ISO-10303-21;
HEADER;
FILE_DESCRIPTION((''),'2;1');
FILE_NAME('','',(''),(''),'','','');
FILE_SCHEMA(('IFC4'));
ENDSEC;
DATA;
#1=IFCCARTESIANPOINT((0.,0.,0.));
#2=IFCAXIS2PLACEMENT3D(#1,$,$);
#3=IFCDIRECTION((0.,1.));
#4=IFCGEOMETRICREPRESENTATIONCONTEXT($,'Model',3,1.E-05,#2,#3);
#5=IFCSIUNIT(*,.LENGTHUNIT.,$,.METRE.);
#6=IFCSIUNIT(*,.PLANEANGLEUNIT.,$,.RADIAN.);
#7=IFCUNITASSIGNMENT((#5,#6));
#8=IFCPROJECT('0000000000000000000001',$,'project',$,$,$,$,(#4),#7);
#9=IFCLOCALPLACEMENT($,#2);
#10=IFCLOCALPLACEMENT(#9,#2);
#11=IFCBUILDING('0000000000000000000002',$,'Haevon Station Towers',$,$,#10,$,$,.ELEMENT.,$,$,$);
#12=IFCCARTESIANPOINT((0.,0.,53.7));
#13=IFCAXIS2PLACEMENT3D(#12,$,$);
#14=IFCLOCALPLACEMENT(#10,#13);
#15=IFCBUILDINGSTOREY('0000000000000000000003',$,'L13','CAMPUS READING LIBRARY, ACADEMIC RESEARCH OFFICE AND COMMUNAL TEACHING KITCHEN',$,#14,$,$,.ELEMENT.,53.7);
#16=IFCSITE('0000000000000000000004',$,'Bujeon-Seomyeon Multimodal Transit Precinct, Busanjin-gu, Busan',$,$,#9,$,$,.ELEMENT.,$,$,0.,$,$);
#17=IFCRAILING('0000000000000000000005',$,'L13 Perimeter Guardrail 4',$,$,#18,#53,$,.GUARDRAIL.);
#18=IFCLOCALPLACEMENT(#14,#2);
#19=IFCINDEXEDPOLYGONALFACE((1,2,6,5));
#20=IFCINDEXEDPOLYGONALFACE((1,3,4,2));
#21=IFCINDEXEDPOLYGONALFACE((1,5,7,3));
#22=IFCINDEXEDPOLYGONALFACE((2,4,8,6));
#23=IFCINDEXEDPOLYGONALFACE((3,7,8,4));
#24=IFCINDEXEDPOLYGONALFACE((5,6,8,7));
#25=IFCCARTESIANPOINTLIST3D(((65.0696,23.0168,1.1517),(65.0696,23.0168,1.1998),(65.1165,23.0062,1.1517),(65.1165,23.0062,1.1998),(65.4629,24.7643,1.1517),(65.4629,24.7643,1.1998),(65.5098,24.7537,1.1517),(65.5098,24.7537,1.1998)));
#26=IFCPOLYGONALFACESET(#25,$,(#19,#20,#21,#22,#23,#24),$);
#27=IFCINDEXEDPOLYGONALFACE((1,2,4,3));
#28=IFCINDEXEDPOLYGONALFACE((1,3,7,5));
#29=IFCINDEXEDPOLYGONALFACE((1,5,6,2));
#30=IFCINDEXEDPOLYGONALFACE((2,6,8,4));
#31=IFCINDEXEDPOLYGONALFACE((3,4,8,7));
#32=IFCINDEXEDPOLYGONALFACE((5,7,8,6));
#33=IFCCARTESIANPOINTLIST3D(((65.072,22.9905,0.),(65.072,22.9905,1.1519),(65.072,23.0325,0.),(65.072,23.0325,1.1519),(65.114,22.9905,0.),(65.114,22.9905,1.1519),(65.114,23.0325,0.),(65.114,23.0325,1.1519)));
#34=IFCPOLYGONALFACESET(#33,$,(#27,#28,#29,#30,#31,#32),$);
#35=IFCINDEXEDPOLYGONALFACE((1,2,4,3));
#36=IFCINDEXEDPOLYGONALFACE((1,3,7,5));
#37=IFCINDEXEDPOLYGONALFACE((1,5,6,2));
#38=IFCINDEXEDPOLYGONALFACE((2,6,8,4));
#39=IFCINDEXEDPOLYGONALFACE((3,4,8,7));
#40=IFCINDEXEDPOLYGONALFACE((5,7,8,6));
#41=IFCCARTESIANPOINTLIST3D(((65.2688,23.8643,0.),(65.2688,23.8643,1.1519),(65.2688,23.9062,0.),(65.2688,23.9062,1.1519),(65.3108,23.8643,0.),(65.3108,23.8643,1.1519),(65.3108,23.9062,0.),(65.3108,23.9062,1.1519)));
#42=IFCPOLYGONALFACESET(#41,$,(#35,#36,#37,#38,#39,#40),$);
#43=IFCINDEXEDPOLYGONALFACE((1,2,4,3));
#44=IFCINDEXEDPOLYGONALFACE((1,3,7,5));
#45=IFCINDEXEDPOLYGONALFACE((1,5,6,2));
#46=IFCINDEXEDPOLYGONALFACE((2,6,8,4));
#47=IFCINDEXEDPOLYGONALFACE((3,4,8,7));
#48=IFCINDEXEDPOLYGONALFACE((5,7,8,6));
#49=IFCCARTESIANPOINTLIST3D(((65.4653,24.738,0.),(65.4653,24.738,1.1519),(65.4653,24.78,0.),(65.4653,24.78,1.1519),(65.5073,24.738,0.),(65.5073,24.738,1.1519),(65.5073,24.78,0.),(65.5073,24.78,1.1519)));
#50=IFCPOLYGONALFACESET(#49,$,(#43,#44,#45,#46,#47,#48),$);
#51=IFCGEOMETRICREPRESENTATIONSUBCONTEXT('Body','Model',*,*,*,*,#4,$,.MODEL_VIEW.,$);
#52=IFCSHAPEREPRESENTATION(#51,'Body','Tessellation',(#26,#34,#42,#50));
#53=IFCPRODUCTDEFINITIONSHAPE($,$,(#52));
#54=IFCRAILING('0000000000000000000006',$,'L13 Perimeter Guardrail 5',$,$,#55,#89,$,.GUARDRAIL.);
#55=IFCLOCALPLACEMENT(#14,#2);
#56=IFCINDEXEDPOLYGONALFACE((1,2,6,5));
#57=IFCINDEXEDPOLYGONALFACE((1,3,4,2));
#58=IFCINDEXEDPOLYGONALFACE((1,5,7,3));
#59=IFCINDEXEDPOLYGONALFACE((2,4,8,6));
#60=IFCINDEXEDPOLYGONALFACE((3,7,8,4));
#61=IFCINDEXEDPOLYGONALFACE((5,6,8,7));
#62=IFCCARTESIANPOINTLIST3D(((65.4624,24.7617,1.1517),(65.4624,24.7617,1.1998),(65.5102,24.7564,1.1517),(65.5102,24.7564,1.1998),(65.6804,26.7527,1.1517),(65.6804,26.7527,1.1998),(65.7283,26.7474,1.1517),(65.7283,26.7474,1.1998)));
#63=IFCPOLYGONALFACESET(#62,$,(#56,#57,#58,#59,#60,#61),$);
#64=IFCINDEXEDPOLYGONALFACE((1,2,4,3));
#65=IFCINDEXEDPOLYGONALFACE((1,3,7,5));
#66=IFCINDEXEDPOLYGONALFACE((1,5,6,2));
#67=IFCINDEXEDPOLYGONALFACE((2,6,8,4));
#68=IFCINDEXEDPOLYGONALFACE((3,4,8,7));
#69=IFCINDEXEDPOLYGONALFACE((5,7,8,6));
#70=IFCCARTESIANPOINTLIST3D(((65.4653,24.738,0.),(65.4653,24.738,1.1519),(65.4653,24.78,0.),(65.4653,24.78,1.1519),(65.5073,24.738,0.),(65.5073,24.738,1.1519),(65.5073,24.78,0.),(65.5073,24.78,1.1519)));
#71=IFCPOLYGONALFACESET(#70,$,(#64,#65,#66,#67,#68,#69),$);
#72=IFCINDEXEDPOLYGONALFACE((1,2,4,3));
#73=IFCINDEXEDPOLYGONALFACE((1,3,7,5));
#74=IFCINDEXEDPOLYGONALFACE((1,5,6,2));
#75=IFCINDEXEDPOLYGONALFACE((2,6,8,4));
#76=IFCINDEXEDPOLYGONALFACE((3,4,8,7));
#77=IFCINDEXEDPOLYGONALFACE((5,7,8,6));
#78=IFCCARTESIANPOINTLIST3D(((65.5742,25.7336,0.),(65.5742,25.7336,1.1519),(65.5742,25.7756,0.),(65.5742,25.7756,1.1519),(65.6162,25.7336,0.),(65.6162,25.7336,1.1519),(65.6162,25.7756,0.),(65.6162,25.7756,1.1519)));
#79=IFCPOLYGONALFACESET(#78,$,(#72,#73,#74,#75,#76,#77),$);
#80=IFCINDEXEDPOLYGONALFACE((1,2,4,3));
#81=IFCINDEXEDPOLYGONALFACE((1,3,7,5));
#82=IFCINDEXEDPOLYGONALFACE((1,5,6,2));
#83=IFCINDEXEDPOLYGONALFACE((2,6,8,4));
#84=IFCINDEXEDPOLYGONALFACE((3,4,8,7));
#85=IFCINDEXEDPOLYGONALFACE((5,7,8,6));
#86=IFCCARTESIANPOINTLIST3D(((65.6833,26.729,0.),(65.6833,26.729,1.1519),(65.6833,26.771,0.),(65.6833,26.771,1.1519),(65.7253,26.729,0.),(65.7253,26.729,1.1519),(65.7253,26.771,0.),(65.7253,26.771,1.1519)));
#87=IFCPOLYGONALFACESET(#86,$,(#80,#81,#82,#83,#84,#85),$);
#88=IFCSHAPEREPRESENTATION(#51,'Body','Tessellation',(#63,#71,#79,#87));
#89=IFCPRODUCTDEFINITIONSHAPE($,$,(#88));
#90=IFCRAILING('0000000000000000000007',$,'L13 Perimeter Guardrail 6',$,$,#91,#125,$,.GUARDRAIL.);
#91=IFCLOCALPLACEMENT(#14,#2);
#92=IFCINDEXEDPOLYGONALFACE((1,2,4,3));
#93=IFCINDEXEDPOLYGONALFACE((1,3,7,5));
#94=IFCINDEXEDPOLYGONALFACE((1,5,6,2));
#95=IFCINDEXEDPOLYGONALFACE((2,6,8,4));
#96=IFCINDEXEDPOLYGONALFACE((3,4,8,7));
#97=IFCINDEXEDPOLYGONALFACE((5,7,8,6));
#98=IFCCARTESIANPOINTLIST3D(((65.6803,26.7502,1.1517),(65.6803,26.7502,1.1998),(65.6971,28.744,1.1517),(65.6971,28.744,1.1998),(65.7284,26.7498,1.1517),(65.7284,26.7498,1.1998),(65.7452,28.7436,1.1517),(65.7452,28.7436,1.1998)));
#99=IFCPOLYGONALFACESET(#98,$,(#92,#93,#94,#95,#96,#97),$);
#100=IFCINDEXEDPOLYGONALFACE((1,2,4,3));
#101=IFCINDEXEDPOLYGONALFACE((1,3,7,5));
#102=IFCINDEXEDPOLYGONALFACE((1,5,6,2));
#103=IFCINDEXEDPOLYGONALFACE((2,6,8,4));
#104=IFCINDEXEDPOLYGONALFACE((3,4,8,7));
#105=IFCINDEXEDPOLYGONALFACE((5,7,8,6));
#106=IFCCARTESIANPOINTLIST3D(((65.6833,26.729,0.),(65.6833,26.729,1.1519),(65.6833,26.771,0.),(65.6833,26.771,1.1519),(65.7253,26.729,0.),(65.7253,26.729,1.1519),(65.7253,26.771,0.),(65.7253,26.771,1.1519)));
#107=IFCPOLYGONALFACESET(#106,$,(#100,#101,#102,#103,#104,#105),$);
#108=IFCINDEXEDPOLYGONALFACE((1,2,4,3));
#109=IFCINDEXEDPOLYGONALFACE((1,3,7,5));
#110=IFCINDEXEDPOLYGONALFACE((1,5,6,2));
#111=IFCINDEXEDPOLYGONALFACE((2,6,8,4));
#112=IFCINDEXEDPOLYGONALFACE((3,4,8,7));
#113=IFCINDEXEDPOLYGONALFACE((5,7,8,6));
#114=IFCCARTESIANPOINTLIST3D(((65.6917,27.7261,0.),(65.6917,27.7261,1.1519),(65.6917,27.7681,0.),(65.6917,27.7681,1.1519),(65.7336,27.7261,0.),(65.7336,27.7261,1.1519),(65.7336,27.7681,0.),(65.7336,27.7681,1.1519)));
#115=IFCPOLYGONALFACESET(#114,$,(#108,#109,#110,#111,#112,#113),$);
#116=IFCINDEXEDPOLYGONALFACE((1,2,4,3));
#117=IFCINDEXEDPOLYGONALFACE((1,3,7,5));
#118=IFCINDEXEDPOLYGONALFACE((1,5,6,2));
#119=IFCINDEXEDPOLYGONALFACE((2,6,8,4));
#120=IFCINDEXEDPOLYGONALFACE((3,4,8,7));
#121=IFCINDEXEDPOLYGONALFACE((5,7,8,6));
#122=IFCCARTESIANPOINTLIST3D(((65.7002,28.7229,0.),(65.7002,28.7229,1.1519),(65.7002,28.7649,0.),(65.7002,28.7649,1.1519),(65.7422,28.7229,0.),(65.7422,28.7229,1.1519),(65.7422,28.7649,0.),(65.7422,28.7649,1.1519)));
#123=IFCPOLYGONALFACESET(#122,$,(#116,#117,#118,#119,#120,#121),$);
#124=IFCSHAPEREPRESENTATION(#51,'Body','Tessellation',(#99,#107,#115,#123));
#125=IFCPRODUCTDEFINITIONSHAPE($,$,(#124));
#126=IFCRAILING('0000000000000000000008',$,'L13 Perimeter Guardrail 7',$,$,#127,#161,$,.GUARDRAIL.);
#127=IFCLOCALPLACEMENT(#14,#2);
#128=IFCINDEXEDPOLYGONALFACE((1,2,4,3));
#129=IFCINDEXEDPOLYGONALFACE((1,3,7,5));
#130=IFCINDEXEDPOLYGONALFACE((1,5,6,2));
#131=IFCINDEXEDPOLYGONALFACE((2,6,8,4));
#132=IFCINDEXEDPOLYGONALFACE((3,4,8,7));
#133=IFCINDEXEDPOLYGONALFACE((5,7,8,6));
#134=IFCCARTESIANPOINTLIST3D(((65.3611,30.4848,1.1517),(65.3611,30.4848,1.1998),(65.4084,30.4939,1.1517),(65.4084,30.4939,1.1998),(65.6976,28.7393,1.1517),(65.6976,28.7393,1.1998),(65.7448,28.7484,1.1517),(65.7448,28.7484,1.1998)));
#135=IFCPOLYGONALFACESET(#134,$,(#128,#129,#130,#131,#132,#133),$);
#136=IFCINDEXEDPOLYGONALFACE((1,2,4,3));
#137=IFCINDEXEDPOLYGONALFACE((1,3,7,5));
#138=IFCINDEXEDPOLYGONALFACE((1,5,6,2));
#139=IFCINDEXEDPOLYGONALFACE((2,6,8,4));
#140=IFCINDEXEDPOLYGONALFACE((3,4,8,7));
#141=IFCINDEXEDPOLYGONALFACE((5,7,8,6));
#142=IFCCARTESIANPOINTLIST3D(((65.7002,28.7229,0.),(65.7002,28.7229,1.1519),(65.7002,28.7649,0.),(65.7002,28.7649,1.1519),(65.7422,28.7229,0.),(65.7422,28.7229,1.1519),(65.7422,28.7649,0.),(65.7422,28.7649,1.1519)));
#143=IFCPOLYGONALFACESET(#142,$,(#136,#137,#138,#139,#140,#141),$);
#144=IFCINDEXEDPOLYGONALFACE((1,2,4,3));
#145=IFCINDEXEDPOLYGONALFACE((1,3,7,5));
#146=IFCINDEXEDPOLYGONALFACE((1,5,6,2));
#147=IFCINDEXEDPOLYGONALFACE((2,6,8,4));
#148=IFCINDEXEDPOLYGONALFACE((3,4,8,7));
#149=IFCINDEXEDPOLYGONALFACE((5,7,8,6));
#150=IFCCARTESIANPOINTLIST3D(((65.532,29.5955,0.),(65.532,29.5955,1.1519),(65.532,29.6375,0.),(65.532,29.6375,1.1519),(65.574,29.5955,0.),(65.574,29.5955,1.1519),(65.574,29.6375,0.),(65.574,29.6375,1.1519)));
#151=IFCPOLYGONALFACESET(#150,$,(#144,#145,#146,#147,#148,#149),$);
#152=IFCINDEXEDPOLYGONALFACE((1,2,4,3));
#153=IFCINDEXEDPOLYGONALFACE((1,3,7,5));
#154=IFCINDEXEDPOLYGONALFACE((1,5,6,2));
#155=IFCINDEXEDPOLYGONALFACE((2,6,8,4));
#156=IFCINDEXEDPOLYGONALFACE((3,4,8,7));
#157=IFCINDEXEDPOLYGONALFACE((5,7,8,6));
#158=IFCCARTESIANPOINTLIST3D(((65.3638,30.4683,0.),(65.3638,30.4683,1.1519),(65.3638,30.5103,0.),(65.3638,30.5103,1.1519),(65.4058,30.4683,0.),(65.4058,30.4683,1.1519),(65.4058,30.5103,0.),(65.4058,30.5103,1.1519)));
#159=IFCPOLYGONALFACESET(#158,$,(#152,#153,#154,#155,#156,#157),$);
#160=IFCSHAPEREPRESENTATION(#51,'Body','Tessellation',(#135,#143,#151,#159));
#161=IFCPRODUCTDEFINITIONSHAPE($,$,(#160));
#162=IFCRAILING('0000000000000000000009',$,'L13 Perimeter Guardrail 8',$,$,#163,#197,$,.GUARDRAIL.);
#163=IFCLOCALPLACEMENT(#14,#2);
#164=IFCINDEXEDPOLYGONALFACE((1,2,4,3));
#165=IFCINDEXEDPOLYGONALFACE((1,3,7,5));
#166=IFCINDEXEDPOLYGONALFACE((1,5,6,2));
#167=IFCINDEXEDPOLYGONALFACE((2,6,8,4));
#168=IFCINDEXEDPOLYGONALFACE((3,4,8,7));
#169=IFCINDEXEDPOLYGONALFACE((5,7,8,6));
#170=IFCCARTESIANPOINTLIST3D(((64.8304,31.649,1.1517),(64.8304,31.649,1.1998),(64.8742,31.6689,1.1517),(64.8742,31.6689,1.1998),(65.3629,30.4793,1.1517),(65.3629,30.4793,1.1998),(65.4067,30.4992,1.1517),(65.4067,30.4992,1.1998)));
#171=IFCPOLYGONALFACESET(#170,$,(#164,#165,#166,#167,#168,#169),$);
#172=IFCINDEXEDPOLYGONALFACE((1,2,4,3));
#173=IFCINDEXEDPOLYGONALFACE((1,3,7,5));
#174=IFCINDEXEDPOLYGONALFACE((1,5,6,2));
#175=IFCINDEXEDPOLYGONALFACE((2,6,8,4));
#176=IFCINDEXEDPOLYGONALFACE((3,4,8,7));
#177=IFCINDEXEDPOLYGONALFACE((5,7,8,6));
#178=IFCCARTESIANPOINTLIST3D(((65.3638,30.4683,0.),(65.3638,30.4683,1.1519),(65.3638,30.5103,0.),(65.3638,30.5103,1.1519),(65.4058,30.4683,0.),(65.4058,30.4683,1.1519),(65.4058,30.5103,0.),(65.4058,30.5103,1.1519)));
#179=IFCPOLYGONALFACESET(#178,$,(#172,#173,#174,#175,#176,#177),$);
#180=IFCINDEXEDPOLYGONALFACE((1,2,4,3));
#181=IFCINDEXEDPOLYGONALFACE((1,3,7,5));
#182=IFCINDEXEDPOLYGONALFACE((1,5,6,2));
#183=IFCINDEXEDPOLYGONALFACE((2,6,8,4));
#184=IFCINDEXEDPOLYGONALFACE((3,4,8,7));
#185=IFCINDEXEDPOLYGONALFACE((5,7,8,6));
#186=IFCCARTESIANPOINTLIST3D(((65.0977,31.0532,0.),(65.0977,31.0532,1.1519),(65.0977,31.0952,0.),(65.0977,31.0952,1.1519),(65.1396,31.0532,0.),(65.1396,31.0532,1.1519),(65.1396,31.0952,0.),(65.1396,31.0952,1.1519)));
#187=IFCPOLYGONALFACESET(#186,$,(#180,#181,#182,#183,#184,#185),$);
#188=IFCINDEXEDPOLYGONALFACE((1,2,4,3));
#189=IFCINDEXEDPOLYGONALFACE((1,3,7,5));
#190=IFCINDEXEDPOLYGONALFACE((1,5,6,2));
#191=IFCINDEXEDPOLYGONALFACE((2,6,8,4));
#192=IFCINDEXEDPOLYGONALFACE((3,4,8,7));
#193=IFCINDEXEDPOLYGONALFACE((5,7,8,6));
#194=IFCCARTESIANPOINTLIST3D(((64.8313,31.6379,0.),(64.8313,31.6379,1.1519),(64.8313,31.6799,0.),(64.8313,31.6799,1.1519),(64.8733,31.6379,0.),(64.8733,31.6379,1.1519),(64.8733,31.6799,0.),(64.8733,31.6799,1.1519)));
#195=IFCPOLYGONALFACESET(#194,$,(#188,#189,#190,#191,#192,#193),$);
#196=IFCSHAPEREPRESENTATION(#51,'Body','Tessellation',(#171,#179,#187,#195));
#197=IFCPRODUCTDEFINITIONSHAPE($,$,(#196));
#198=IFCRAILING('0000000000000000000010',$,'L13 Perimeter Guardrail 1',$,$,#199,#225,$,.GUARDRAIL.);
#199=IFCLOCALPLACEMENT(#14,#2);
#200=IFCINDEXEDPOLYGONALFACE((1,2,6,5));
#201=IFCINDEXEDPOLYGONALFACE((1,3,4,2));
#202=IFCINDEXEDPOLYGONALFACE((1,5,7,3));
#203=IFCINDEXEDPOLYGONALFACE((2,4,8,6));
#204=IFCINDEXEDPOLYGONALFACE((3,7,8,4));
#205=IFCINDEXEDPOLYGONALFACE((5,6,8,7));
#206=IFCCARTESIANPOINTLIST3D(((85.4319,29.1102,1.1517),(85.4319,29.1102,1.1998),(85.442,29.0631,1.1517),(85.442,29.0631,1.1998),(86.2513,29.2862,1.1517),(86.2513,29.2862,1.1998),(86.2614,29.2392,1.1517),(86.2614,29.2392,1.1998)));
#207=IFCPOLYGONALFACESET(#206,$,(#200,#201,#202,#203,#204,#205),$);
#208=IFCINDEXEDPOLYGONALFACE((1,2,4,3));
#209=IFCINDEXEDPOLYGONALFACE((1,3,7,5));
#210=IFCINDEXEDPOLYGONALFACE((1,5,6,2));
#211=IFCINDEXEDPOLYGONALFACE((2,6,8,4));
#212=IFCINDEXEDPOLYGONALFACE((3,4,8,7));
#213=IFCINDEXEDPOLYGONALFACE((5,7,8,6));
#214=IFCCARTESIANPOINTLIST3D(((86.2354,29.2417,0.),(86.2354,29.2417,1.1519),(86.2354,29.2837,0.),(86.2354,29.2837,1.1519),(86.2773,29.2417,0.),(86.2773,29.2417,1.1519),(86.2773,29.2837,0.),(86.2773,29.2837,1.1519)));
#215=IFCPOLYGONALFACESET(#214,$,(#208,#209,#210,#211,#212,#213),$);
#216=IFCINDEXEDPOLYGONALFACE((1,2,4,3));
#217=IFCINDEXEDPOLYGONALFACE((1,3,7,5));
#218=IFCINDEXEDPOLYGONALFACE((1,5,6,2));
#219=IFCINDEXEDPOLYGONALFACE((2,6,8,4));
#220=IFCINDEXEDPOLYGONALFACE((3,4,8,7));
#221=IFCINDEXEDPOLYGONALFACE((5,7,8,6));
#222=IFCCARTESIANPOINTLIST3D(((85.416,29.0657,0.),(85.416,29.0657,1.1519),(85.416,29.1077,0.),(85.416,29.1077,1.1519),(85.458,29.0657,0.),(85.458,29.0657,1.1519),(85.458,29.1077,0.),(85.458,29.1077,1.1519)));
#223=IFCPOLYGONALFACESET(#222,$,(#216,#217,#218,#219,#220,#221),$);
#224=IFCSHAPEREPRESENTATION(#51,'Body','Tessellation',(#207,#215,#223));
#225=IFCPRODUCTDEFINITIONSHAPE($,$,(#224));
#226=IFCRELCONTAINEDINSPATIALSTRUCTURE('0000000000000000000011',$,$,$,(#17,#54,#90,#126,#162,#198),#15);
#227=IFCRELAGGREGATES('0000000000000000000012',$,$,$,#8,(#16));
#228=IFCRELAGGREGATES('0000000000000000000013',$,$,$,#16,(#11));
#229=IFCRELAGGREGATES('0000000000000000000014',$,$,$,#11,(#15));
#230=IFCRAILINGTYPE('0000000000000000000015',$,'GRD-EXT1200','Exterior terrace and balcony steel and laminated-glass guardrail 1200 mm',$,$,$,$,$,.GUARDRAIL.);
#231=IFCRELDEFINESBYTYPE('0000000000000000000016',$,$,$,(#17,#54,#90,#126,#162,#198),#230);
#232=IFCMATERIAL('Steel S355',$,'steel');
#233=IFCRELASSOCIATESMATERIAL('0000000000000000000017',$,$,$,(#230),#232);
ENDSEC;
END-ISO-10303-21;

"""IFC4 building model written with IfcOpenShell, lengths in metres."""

from ifc_helpers import new_model, si_unit, direction, frame, origin, origin_2d, place, context, subcontext, project, spatial, rectangle, extrude, material, type_object, element, save


model = new_model("IFC4")

# Units and contexts
model_context = context("Model", 3, precision=1e-05, world=origin(), true_north=direction((0.0, 1.0)))
body_context = subcontext(model_context, "Body", "Model", "MODEL_VIEW")
ifc_project = project(units=[si_unit("LENGTHUNIT", "METRE"), si_unit("PLANEANGLEUNIT", "RADIAN")], contexts=[model_context])

# Site, building, storey
site_placement = place(None, origin())
site = spatial("IfcSite", under=ifc_project, at=site_placement, Name="Bujeon-Seomyeon Multimodal Transit Precinct, Busanjin-gu, Busan", CompositionType="ELEMENT", RefElevation=0.0)
building_placement = place(site_placement, origin())
building = spatial("IfcBuilding", under=site, at=building_placement, Name="Haevon Station Towers", CompositionType="ELEMENT")
storey_placement = place(building_placement, frame((0.0, 0.0, 53.7)))
storey = spatial("IfcBuildingStorey", under=building, at=storey_placement, Name="L13", Description="CAMPUS READING LIBRARY, ACADEMIC RESEARCH OFFICE AND COMMUNAL TEACHING KITCHEN", CompositionType="ELEMENT", Elevation=53.7)

# Shared definitions
ifc_material_1 = material(Name="Steel S355", Category="steel")

# Railings
railing_type = type_object("IfcRailingType", Name="GRD-EXT1200", Description="Exterior terrace and balcony steel and laminated-glass guardrail 1200 mm", PredefinedType="GUARDRAIL", material=ifc_material_1)
railing_1_placement = place(storey_placement, frame((65.093, 23.0115, 0.0)))
element("IfcRailing", 1, at=railing_1_placement, inside=storey, type_object=railing_type, Name="L13 Perimeter Guardrail 4", PredefinedType="GUARDRAIL", context=body_context, shape_type="SweptSolid", body=[
    extrude(rectangle(XDim=0.0481, YDim=0.0481, at=origin_2d()), frame((0.0, 0.0, 1.1758), z_axis=(0.219571, 0.975597, 0.0), x_axis=(-0.975597, 0.219571, 0.0)), (0.0, 0.0, 1.0), 1.7913),
    extrude(rectangle(XDim=0.042, YDim=0.042, at=origin_2d()), origin(), (0.0, 0.0, 1.0), 1.1519),
    extrude(rectangle(XDim=0.042, YDim=0.042, at=origin_2d()), frame((0.1968, 0.8738, 0.0)), (0.0, 0.0, 1.0), 1.1519),
    extrude(rectangle(XDim=0.042, YDim=0.042, at=origin_2d()), frame((0.3933, 1.7476, 0.0)), (0.0, 0.0, 1.0), 1.1519),
])
railing_2_placement = place(storey_placement, frame((65.4863, 24.759, 0.0)))
element("IfcRailing", 2, at=railing_2_placement, inside=storey, type_object=railing_type, Name="L13 Perimeter Guardrail 5", PredefinedType="GUARDRAIL", context=body_context, shape_type="SweptSolid", body=[
    extrude(rectangle(XDim=0.0481, YDim=0.0481, at=origin_2d()), frame((0.0, 0.0, 1.1758), z_axis=(0.108853, 0.994058, 0.0), x_axis=(-0.994058, 0.108853, 0.0)), (0.0, 0.0, 1.0), 2.0029),
    extrude(rectangle(XDim=0.042, YDim=0.042, at=origin_2d()), origin(), (0.0, 0.0, 1.0), 1.1519),
    extrude(rectangle(XDim=0.042, YDim=0.042, at=origin_2d()), frame((0.1089, 0.9956, 0.0)), (0.0, 0.0, 1.0), 1.1519),
    extrude(rectangle(XDim=0.042, YDim=0.042, at=origin_2d()), frame((0.218, 1.991, 0.0)), (0.0, 0.0, 1.0), 1.1519),
])
railing_3_placement = place(storey_placement, frame((65.7043, 26.75, 0.0)))
element("IfcRailing", 3, at=railing_3_placement, inside=storey, type_object=railing_type, Name="L13 Perimeter Guardrail 6", PredefinedType="GUARDRAIL", context=body_context, shape_type="SweptSolid", body=[
    extrude(rectangle(XDim=0.0481, YDim=0.0481, at=origin_2d()), frame((0.0, 0.0, 1.1758), z_axis=(0.008448, 0.999964, 0.0), x_axis=(-0.999964, 0.008448, 0.0)), (0.0, 0.0, 1.0), 1.9939),
    extrude(rectangle(XDim=0.042, YDim=0.042, at=origin_2d()), origin(), (0.0, 0.0, 1.0), 1.1519),
    extrude(rectangle(XDim=0.042, YDim=0.042, at=origin_2d()), frame((0.0083, 0.9971, 0.0)), (0.0, 0.0, 1.0), 1.1519),
    extrude(rectangle(XDim=0.042, YDim=0.042, at=origin_2d()), frame((0.0168, 1.9939, 0.0)), (0.0, 0.0, 1.0), 1.1519),
])
railing_4_placement = place(storey_placement, frame((65.7212, 28.7439, 0.0)))
element("IfcRailing", 4, at=railing_4_placement, inside=storey, type_object=railing_type, Name="L13 Perimeter Guardrail 7", PredefinedType="GUARDRAIL", context=body_context, shape_type="SweptSolid", body=[
    extrude(rectangle(XDim=0.0481, YDim=0.0481, at=origin_2d()), frame((0.0, 0.0, 1.1758), z_axis=(-0.18927, 0.981925, 0.0), x_axis=(-0.981925, -0.18927, 0.0)), (0.0, 0.0, 1.0), 1.7776),
    extrude(rectangle(XDim=0.042, YDim=0.042, at=origin_2d()), origin(), (0.0, 0.0, 1.0), 1.1519),
    extrude(rectangle(XDim=0.042, YDim=0.042, at=origin_2d()), frame((-0.1682, 0.8726, 0.0)), (0.0, 0.0, 1.0), 1.1519),
    extrude(rectangle(XDim=0.042, YDim=0.042, at=origin_2d()), frame((-0.3364, 1.7454, 0.0)), (0.0, 0.0, 1.0), 1.1519),
])
railing_5_placement = place(storey_placement, frame((65.3848, 30.4893, 0.0)))
element("IfcRailing", 5, at=railing_5_placement, inside=storey, type_object=railing_type, Name="L13 Perimeter Guardrail 8", PredefinedType="GUARDRAIL", context=body_context, shape_type="SweptSolid", body=[
    extrude(rectangle(XDim=0.0481, YDim=0.0481, at=origin_2d()), frame((0.0, 0.0, 1.1758), z_axis=(-0.414318, 0.910132, 0.0), x_axis=(-0.910132, -0.414318, 0.0)), (0.0, 0.0, 1.0), 1.2852),
    extrude(rectangle(XDim=0.042, YDim=0.042, at=origin_2d()), origin(), (0.0, 0.0, 1.0), 1.1519),
    extrude(rectangle(XDim=0.042, YDim=0.042, at=origin_2d()), frame((-0.2661, 0.585, 0.0)), (0.0, 0.0, 1.0), 1.1519),
    extrude(rectangle(XDim=0.042, YDim=0.042, at=origin_2d()), frame((-0.5325, 1.1697, 0.0)), (0.0, 0.0, 1.0), 1.1519),
])
railing_6_placement = place(storey_placement, frame((86.2563, 29.2627, 0.0)))
element("IfcRailing", 6, at=railing_6_placement, inside=storey, type_object=railing_type, Name="L13 Perimeter Guardrail 1", PredefinedType="GUARDRAIL", context=body_context, shape_type="SweptSolid", body=[
    extrude(rectangle(XDim=0.0481, YDim=0.0481, at=origin_2d()), frame((0.0, 0.0, 1.1758), z_axis=(-0.977691, -0.210046, 0.0), x_axis=(0.210046, -0.977691, 0.0)), (0.0, 0.0, 1.0), 0.8381),
    extrude(rectangle(XDim=0.042, YDim=0.042, at=origin_2d()), origin(), (0.0, 0.0, 1.0), 1.1519),
    extrude(rectangle(XDim=0.042, YDim=0.042, at=origin_2d()), frame((-0.8193, -0.176, 0.0)), (0.0, 0.0, 1.0), 1.1519),
])

save(model, "model.ifc")
